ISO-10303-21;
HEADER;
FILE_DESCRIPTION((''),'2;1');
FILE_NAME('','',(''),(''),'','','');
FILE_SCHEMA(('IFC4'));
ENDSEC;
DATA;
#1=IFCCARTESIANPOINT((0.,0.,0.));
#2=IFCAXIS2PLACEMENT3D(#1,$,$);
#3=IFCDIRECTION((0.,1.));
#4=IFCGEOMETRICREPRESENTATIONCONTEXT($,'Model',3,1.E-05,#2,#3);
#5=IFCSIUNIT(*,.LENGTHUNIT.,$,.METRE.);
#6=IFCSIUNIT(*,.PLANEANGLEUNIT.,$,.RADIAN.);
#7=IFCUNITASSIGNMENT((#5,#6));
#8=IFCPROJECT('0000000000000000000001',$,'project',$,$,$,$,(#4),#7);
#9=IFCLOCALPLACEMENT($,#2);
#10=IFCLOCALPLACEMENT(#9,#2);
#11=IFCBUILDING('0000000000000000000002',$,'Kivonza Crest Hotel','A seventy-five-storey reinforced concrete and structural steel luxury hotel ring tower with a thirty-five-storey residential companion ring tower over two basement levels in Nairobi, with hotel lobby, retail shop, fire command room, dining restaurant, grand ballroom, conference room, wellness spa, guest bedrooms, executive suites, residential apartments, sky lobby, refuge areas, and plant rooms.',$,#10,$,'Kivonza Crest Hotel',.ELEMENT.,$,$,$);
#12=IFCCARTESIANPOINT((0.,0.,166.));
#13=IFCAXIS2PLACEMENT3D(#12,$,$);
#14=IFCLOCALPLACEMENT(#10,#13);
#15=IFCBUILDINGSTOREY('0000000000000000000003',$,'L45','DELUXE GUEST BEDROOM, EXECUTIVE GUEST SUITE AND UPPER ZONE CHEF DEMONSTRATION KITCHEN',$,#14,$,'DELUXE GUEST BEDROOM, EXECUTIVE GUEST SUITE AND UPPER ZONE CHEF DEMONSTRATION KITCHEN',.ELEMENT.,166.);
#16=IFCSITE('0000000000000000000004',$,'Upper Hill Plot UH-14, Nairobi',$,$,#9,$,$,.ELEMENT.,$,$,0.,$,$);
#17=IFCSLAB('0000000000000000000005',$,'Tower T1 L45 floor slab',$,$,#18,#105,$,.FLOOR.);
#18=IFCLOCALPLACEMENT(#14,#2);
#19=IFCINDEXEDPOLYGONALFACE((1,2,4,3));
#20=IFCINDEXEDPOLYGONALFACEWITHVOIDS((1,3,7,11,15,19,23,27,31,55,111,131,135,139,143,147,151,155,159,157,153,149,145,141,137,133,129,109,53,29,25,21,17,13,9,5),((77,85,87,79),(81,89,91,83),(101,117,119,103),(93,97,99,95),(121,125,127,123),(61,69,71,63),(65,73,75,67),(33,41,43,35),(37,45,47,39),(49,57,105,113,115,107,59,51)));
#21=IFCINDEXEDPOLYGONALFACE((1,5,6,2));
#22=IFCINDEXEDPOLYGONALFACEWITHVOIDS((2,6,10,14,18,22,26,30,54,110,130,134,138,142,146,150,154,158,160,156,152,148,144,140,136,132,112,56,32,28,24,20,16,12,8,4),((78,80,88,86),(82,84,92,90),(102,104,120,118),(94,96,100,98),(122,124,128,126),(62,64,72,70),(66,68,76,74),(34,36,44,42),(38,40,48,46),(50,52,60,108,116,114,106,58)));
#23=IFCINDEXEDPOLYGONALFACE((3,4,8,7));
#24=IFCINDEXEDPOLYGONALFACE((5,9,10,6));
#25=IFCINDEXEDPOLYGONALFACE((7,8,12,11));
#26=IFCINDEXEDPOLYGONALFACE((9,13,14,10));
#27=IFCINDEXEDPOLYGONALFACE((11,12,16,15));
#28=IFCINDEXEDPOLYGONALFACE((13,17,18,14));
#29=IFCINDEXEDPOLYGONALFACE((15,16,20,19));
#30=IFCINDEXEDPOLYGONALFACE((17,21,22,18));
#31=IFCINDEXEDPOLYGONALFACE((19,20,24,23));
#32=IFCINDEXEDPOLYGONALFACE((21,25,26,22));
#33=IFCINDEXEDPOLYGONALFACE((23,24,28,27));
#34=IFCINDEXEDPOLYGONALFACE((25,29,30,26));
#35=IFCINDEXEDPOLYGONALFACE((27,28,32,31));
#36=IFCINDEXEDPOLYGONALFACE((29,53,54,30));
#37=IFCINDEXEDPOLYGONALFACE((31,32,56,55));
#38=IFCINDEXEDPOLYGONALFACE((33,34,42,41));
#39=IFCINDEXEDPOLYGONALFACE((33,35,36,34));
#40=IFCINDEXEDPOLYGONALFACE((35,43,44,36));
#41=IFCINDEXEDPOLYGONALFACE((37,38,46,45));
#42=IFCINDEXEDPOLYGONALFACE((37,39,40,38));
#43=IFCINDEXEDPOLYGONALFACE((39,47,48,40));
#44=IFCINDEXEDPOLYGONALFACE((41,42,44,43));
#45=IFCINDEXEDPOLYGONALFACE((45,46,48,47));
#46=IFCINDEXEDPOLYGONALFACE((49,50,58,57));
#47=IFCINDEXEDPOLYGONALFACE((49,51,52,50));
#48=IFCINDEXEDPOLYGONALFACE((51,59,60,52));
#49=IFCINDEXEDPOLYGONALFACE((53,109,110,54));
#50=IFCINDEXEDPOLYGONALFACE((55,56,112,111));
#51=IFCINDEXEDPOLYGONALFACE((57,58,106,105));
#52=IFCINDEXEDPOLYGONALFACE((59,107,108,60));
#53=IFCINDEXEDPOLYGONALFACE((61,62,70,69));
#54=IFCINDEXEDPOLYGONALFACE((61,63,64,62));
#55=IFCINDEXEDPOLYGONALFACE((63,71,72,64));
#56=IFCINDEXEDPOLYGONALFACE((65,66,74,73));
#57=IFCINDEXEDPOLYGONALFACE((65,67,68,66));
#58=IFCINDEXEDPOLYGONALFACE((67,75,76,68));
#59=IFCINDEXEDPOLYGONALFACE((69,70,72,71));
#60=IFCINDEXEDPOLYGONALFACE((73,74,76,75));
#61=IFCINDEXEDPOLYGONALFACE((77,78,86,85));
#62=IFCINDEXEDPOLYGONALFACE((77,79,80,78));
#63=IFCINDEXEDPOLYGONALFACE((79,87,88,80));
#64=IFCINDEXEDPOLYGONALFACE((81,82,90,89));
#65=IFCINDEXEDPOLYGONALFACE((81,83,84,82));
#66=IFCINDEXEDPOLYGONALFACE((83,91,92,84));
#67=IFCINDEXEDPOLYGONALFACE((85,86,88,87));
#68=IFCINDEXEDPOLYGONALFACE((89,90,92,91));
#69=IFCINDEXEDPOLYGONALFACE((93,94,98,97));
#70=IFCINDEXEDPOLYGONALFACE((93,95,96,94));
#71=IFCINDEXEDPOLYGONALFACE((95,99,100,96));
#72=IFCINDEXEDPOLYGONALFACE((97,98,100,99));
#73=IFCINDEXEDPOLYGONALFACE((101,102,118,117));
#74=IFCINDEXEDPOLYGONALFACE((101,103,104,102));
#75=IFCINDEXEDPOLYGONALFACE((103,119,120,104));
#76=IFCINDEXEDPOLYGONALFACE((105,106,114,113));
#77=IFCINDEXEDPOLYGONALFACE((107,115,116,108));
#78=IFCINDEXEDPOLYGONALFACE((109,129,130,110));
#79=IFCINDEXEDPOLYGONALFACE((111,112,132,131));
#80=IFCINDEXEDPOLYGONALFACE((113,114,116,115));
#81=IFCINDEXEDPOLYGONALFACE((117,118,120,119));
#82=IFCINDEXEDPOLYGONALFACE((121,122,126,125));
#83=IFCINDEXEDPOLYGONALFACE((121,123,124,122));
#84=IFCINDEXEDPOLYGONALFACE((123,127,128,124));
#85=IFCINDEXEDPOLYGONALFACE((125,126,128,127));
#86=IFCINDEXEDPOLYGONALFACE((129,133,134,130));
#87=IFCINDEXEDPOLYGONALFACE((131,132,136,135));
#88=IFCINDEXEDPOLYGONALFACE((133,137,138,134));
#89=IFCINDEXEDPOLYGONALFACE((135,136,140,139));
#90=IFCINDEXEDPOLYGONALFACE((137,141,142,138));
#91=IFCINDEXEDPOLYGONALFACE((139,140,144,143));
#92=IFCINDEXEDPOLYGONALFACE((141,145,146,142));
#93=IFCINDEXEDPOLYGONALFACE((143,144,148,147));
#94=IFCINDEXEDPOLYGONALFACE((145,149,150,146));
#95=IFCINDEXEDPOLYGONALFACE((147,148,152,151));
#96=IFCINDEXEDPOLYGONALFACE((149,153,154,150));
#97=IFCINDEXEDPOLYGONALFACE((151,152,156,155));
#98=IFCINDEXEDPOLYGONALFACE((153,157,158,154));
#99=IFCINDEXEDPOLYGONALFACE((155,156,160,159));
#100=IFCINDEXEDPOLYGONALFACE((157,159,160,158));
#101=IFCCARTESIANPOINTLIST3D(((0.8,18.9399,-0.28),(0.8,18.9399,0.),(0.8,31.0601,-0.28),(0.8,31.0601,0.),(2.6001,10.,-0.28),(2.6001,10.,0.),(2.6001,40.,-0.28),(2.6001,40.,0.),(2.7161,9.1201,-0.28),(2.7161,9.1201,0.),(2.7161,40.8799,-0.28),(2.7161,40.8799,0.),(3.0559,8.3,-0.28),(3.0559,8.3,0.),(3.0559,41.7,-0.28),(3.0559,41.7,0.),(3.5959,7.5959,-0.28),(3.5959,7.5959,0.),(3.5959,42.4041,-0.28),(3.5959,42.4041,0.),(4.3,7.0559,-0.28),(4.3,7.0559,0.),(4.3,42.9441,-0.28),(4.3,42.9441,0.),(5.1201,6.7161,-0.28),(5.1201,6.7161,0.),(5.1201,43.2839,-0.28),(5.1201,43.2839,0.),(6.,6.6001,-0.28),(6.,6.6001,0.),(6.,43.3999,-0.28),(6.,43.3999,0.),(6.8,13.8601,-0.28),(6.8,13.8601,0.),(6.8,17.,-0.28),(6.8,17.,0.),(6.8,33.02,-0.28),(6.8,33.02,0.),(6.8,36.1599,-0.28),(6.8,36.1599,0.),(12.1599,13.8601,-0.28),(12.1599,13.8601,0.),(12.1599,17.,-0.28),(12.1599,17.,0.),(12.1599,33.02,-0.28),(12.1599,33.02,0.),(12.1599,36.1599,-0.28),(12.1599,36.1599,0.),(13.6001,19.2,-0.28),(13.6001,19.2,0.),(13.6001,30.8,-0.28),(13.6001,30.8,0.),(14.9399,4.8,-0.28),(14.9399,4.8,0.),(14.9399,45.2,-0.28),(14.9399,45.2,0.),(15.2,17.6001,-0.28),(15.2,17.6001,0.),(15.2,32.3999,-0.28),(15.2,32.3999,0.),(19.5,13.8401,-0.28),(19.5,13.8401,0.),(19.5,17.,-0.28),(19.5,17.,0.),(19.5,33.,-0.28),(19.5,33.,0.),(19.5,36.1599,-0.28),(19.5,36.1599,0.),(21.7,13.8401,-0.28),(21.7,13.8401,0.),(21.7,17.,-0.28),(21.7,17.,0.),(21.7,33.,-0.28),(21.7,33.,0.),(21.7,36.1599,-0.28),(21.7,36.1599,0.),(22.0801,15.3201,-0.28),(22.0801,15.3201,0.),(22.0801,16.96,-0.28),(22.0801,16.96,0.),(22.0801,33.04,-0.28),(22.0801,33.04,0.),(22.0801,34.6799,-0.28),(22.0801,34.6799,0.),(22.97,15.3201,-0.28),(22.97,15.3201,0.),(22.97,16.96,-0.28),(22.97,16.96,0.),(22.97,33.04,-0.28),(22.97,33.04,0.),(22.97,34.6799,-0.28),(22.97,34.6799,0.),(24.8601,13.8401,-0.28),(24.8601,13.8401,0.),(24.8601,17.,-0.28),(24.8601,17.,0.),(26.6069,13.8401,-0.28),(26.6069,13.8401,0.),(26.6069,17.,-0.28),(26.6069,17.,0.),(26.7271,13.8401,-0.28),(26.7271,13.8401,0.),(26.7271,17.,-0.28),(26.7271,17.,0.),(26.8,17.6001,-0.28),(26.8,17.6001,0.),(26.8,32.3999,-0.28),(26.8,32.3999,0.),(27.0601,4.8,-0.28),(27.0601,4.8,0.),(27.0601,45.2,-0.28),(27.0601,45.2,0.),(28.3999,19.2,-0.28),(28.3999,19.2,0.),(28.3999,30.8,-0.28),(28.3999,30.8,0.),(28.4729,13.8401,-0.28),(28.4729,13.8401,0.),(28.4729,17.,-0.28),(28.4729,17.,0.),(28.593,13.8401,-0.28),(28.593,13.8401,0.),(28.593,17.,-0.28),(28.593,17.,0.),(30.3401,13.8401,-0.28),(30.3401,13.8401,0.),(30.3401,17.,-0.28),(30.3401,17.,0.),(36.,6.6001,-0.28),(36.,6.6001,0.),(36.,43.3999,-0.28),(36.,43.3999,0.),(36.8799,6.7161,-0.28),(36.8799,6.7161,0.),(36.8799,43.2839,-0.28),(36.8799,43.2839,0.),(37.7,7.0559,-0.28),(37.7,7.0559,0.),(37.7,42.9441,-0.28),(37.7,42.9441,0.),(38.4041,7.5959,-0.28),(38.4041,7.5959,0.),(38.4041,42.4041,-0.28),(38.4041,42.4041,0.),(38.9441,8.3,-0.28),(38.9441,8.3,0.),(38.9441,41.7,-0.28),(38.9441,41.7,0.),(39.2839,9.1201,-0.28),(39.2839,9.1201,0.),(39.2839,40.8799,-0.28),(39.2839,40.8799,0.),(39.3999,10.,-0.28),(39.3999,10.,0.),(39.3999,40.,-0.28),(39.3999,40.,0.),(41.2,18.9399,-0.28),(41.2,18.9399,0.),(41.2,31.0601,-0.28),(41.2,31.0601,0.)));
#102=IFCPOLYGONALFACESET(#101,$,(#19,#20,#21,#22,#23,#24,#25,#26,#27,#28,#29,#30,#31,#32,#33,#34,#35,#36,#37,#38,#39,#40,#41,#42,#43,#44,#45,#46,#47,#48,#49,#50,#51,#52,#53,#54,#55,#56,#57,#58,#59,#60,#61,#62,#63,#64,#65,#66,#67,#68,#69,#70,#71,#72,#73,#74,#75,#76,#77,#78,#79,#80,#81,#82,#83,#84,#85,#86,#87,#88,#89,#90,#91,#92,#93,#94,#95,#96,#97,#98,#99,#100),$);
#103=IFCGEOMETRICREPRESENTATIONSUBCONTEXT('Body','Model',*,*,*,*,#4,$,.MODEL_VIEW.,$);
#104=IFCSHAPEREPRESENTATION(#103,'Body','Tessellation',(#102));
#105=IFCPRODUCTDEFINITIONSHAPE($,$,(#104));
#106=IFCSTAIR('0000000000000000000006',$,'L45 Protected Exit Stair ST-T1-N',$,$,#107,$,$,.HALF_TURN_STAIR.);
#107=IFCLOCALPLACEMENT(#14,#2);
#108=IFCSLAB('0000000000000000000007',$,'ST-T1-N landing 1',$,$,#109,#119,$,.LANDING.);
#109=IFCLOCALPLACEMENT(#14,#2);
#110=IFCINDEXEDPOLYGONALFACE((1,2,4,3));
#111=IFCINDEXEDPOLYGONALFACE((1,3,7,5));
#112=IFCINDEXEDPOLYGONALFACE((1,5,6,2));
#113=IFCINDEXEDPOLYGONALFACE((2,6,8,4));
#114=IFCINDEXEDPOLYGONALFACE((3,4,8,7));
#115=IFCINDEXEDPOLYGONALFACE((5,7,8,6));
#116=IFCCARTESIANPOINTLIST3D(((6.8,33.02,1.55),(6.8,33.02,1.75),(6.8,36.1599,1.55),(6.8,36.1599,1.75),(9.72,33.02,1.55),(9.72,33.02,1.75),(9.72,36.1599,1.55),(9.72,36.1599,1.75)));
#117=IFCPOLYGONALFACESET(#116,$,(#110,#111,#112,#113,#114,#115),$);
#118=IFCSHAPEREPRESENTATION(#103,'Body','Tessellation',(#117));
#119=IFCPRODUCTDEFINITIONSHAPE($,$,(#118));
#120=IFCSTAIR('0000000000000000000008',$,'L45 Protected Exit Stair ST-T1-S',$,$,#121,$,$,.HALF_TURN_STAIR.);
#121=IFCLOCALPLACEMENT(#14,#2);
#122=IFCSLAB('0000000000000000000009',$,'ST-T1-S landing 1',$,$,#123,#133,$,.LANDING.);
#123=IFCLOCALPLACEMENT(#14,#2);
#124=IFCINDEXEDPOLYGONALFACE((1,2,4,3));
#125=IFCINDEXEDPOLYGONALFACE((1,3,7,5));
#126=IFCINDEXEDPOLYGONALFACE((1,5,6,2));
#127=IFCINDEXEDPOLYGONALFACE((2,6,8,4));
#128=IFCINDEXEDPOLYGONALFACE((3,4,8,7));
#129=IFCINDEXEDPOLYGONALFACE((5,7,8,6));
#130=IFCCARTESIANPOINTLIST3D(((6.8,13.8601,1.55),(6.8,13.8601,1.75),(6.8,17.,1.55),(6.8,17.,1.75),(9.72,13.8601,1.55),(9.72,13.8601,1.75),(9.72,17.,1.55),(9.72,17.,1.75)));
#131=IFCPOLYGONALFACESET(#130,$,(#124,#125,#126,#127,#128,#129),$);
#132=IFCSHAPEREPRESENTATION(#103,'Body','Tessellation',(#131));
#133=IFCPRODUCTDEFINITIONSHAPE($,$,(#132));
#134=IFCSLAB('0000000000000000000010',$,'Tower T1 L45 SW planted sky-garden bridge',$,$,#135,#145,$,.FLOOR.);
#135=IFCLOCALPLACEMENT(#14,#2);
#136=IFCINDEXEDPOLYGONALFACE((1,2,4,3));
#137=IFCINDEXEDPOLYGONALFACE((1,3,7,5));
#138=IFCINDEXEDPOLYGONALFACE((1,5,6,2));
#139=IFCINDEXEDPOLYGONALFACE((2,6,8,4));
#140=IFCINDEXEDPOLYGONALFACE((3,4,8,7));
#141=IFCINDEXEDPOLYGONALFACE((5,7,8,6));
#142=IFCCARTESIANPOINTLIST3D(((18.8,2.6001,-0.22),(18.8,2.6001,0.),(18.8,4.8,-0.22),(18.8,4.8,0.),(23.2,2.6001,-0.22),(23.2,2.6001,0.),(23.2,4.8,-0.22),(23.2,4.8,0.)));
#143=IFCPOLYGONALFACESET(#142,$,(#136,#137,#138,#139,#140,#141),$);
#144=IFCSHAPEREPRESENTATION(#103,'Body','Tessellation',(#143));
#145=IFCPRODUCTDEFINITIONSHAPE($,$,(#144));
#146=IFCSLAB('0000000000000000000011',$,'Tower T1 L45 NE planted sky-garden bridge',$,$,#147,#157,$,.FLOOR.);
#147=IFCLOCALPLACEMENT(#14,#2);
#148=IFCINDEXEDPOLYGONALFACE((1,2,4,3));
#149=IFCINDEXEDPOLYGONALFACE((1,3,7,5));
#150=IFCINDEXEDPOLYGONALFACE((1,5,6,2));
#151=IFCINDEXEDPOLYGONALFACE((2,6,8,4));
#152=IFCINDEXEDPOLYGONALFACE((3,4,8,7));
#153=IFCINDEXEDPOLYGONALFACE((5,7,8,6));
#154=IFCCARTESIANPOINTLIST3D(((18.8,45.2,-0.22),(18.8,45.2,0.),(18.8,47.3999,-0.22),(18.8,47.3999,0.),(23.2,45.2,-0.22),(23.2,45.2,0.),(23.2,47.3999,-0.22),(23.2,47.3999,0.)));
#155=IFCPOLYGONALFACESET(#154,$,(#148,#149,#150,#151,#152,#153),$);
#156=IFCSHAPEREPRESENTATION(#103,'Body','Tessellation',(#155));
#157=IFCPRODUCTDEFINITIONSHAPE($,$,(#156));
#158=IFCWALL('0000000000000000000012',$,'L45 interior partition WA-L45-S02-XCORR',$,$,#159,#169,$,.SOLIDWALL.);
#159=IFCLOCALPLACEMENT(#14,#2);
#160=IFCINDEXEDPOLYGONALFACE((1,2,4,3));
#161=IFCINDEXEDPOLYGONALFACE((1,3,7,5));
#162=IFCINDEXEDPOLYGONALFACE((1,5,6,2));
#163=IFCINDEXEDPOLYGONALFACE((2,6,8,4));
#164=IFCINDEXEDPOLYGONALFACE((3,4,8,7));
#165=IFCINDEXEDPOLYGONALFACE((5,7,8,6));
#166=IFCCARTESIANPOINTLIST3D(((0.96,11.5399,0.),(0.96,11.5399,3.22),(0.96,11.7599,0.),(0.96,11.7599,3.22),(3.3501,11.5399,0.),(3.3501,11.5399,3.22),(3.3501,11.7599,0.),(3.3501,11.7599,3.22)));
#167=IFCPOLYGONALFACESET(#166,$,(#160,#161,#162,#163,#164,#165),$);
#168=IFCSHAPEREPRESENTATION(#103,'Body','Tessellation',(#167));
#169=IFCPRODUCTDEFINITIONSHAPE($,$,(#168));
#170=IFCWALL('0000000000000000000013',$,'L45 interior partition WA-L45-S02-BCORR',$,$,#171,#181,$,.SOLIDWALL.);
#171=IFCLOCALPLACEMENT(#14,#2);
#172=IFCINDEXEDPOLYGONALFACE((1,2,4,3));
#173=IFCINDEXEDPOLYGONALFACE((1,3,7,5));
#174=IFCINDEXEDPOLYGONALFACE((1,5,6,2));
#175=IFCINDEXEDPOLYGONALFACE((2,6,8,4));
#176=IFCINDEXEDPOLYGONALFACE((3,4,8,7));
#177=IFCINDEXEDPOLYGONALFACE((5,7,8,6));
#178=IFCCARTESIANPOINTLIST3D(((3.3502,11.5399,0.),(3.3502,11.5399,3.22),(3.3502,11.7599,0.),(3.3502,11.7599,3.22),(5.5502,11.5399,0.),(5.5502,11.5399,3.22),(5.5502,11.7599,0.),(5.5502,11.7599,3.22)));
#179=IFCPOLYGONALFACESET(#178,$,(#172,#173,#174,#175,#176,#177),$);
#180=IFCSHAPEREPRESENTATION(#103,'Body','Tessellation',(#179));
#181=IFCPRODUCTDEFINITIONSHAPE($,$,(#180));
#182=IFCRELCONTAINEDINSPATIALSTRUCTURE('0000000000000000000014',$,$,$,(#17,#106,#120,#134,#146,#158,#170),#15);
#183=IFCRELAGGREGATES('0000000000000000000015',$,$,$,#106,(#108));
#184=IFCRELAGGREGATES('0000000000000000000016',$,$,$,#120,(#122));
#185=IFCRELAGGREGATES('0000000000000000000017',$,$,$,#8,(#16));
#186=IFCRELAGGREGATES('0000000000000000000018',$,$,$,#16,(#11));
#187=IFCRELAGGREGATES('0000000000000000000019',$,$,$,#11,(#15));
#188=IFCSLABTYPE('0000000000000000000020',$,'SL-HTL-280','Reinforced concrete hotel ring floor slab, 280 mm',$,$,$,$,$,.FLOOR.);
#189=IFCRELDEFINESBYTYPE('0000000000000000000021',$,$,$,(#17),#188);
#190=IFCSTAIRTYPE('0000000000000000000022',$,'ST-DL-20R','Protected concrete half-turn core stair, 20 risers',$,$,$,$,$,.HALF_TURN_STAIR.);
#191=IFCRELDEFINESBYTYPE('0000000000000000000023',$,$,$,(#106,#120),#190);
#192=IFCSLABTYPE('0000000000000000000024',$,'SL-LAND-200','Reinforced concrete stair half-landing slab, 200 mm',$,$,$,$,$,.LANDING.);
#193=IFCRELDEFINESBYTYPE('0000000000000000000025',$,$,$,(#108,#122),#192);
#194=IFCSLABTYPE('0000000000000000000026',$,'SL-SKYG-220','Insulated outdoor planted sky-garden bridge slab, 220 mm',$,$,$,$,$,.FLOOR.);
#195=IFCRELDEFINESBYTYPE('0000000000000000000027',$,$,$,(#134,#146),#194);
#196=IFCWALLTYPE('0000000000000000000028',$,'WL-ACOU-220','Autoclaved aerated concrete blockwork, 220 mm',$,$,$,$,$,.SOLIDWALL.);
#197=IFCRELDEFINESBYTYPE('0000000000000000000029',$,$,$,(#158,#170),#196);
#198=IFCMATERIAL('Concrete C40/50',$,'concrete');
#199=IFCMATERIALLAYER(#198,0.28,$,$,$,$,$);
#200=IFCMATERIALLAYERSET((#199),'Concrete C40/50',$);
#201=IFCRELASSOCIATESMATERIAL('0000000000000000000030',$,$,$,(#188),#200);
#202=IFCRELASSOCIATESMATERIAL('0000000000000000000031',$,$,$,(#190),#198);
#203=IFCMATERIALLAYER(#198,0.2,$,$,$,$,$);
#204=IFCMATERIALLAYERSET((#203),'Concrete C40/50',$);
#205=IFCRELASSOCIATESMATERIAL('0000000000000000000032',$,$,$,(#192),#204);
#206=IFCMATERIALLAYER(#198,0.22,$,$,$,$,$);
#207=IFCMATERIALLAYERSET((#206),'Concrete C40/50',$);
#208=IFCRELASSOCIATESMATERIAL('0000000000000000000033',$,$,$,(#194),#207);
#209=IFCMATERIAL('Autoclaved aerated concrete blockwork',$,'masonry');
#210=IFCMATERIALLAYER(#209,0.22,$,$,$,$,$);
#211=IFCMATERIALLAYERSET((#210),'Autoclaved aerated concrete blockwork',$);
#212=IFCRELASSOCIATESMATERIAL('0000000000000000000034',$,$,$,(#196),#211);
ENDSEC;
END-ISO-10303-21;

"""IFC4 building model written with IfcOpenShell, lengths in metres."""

from ifc_helpers import new_model, si_unit, direction, frame, frame_2d, origin, place, context, subcontext, project, spatial, polyline, rectangle, outline, extrude, material, layer, layer_set, type_object, element, aggregate, save


model = new_model("IFC4")

# Units and contexts
model_context = context("Model", 3, precision=1e-05, world=origin(), true_north=direction((0.0, 1.0)))
body_context = subcontext(model_context, "Body", "Model", "MODEL_VIEW")
ifc_project = project(units=[si_unit("LENGTHUNIT", "METRE"), si_unit("PLANEANGLEUNIT", "RADIAN")], contexts=[model_context])

# Site, building, storey
site_placement = place(None, origin())
site = spatial("IfcSite", under=ifc_project, at=site_placement, Name="Upper Hill Plot UH-14, Nairobi", CompositionType="ELEMENT", RefElevation=0.0)
building_placement = place(site_placement, origin())
building = spatial("IfcBuilding", under=site, at=building_placement, Name="Kivonza Crest Hotel", Description="A seventy-five-storey reinforced concrete and structural steel luxury hotel ring tower with a thirty-five-storey residential companion ring tower over two basement levels in Nairobi, with hotel lobby, retail shop, fire command room, dining restaurant, grand ballroom, conference room, wellness spa, guest bedrooms, executive suites, residential apartments, sky lobby, refuge areas, and plant rooms.", LongName="Kivonza Crest Hotel", CompositionType="ELEMENT")
storey_placement = place(building_placement, frame((0.0, 0.0, 166.0)))
storey = spatial("IfcBuildingStorey", under=building, at=storey_placement, Name="L45", Description="DELUXE GUEST BEDROOM, EXECUTIVE GUEST SUITE AND UPPER ZONE CHEF DEMONSTRATION KITCHEN", LongName="DELUXE GUEST BEDROOM, EXECUTIVE GUEST SUITE AND UPPER ZONE CHEF DEMONSTRATION KITCHEN", CompositionType="ELEMENT", Elevation=166.0)

# Slab
ifc_material_1 = material(Name="Concrete C40/50", Category="concrete")
ifc_layer_1 = layer(ifc_material_1, 0.28)
ifc_layer_set_1 = layer_set([ifc_layer_1], Name="Concrete C40/50")
slab_type_1 = type_object("IfcSlabType", Name="SL-HTL-280", Description="Reinforced concrete hotel ring floor slab, 280 mm", PredefinedType="FLOOR", material=ifc_layer_set_1)
slab_1_placement = place(storey_placement, frame((0.0, 0.0, -0.28)))
element("IfcSlab", 1, at=slab_1_placement, inside=storey, type_object=slab_type_1, Name="Tower T1 L45 floor slab", PredefinedType="FLOOR", context=body_context, shape_type="SweptSolid", body=[
    extrude(outline(polyline([(2.6001, 10.0), (2.7161, 9.1201), (3.0559, 8.3), (3.5959, 7.5959), (4.3, 7.0559), (5.1201, 6.7161), (6.0, 6.6001), (14.9399, 4.8), (27.0601, 4.8), (36.0, 6.6001), (36.8799, 6.7161), (37.7, 7.0559), (38.4041, 7.5959), (38.9441, 8.3), (39.2839, 9.1201), (39.3999, 10.0), (41.2, 18.9399), (41.2, 31.0601), (39.3999, 40.0), (39.2839, 40.8799), (38.9441, 41.7), (38.4041, 42.4041), (37.7, 42.9441), (36.8799, 43.2839), (36.0, 43.3999), (27.0601, 45.2), (14.9399, 45.2), (6.0, 43.3999), (5.1201, 43.2839), (4.3, 42.9441), (3.5959, 42.4041), (3.0559, 41.7), (2.7161, 40.8799), (2.6001, 40.0), (0.8, 31.0601), (0.8, 18.9399), (2.6001, 10.0)]), holes=[polyline([(15.2, 17.6001), (26.8, 17.6001), (28.3999, 19.2), (28.3999, 30.8), (26.8, 32.3999), (15.2, 32.3999), (13.6001, 30.8), (13.6001, 19.2), (15.2, 17.6001)]), polyline([(6.8, 33.02), (12.1599, 33.02), (12.1599, 36.1599), (6.8, 36.1599), (6.8, 33.02)]), polyline([(6.8, 13.8601), (12.1599, 13.8601), (12.1599, 17.0), (6.8, 17.0), (6.8, 13.8601)]), polyline([(22.0801, 33.04), (22.97, 33.04), (22.97, 34.6799), (22.0801, 34.6799), (22.0801, 33.04)]), polyline([(22.0801, 15.3201), (22.97, 15.3201), (22.97, 16.96), (22.0801, 16.96), (22.0801, 15.3201)]), polyline([(19.5, 33.0), (21.7, 33.0), (21.7, 36.1599), (19.5, 36.1599), (19.5, 33.0)]), polyline([(19.5, 13.8401), (21.7, 13.8401), (21.7, 17.0), (19.5, 17.0), (19.5, 13.8401)]), polyline([(24.8601, 13.8401), (26.6069, 13.8401), (26.6069, 17.0), (24.8601, 17.0), (24.8601, 13.8401)]), polyline([(26.7271, 13.8401), (28.4729, 13.8401), (28.4729, 17.0), (26.7271, 17.0), (26.7271, 13.8401)]), polyline([(28.593, 13.8401), (30.3401, 13.8401), (30.3401, 17.0), (28.593, 17.0), (28.593, 13.8401)])]), origin(), (0.0, 0.0, 1.0), 0.28),
])

# Stairs, slabs
stair_type = type_object("IfcStairType", Name="ST-DL-20R", Description="Protected concrete half-turn core stair, 20 risers", PredefinedType="HALF_TURN_STAIR", material=ifc_material_1)
stair_1_placement = place(storey_placement, origin())
stair_1 = element("IfcStair", 2, at=stair_1_placement, inside=storey, type_object=stair_type, Name="L45 Protected Exit Stair ST-T1-N", PredefinedType="HALF_TURN_STAIR")
ifc_layer_2 = layer(ifc_material_1, 0.2)
ifc_layer_set_2 = layer_set([ifc_layer_2], Name="Concrete C40/50")
slab_type_2 = type_object("IfcSlabType", Name="SL-LAND-200", Description="Reinforced concrete stair half-landing slab, 200 mm", PredefinedType="LANDING", material=ifc_layer_set_2)
slab_2_placement = place(storey_placement, frame((0.0, 0.0, 1.55)))
slab_2 = element("IfcSlab", 3, at=slab_2_placement, type_object=slab_type_2, Name="ST-T1-N landing 1", PredefinedType="LANDING", context=body_context, shape_type="SweptSolid", body=[
    extrude(outline(polyline([(9.72, 36.1599), (6.8, 36.1599), (6.8, 33.02), (9.72, 33.02), (9.72, 36.1599)])), origin(), (0.0, 0.0, 1.0), 0.2),
])
aggregate(stair_1, [slab_2])
stair_2_placement = place(storey_placement, origin())
stair_2 = element("IfcStair", 4, at=stair_2_placement, inside=storey, type_object=stair_type, Name="L45 Protected Exit Stair ST-T1-S", PredefinedType="HALF_TURN_STAIR")
slab_3_placement = place(storey_placement, frame((0.0, 0.0, 1.55)))
slab_3 = element("IfcSlab", 5, at=slab_3_placement, type_object=slab_type_2, Name="ST-T1-S landing 1", PredefinedType="LANDING", context=body_context, shape_type="SweptSolid", body=[
    extrude(outline(polyline([(9.72, 17.0), (6.8, 17.0), (6.8, 13.8601), (9.72, 13.8601), (9.72, 17.0)])), origin(), (0.0, 0.0, 1.0), 0.2),
])
aggregate(stair_2, [slab_3])

# Slabs
ifc_layer_3 = layer(ifc_material_1, 0.22)
ifc_layer_set_3 = layer_set([ifc_layer_3], Name="Concrete C40/50")
slab_type_3 = type_object("IfcSlabType", Name="SL-SKYG-220", Description="Insulated outdoor planted sky-garden bridge slab, 220 mm", PredefinedType="FLOOR", material=ifc_layer_set_3)
slab_4_placement = place(storey_placement, frame((0.0, 0.0, -0.22)))
element("IfcSlab", 6, at=slab_4_placement, inside=storey, type_object=slab_type_3, Name="Tower T1 L45 SW planted sky-garden bridge", PredefinedType="FLOOR", context=body_context, shape_type="SweptSolid", body=[
    extrude(outline(polyline([(18.8, 2.6001), (23.2, 2.6001), (23.2, 4.8), (18.8, 4.8), (18.8, 2.6001)])), origin(), (0.0, 0.0, 1.0), 0.22),
])
slab_5_placement = place(storey_placement, frame((0.0, 0.0, -0.22)))
element("IfcSlab", 7, at=slab_5_placement, inside=storey, type_object=slab_type_3, Name="Tower T1 L45 NE planted sky-garden bridge", PredefinedType="FLOOR", context=body_context, shape_type="SweptSolid", body=[
    extrude(outline(polyline([(18.8, 45.2), (23.2, 45.2), (23.2, 47.3999), (18.8, 47.3999), (18.8, 45.2)])), origin(), (0.0, 0.0, 1.0), 0.22),
])

# Walls
ifc_material_2 = material(Name="Autoclaved aerated concrete blockwork", Category="masonry")
ifc_layer_4 = layer(ifc_material_2, 0.22)
ifc_layer_set_4 = layer_set([ifc_layer_4], Name="Autoclaved aerated concrete blockwork")
wall_type_1 = type_object("IfcWallType", Name="WL-ACOU-220", Description="Autoclaved aerated concrete blockwork, 220 mm", PredefinedType="SOLIDWALL", material=ifc_layer_set_4)
wall_1_placement = place(storey_placement, frame((0.96, 11.6499, 0.0), z_axis=(0.0, 0.0, 1.0), x_axis=(1.0, 0.0, 0.0)))
element("IfcWall", 8, at=wall_1_placement, inside=storey, type_object=wall_type_1, Name="L45 interior partition WA-L45-S02-XCORR", PredefinedType="SOLIDWALL", context=body_context, shape_type="SweptSolid", body=[
    extrude(rectangle(XDim=2.3901, YDim=0.22, at=frame_2d((1.1951, 0.0))), origin(), (0.0, 0.0, 1.0), 3.22),
])
wall_2_placement = place(storey_placement, frame((3.3501, 11.6499, 0.0), z_axis=(0.0, 0.0, 1.0), x_axis=(1.0, 0.0, 0.0)))
element("IfcWall", 9, at=wall_2_placement, inside=storey, type_object=wall_type_1, Name="L45 interior partition WA-L45-S02-BCORR", PredefinedType="SOLIDWALL", context=body_context, shape_type="SweptSolid", body=[
    extrude(rectangle(XDim=2.2, YDim=0.22, at=frame_2d((1.1001, 0.0))), origin(), (0.0, 0.0, 1.0), 3.22),
])

save(model, "model.ifc")
